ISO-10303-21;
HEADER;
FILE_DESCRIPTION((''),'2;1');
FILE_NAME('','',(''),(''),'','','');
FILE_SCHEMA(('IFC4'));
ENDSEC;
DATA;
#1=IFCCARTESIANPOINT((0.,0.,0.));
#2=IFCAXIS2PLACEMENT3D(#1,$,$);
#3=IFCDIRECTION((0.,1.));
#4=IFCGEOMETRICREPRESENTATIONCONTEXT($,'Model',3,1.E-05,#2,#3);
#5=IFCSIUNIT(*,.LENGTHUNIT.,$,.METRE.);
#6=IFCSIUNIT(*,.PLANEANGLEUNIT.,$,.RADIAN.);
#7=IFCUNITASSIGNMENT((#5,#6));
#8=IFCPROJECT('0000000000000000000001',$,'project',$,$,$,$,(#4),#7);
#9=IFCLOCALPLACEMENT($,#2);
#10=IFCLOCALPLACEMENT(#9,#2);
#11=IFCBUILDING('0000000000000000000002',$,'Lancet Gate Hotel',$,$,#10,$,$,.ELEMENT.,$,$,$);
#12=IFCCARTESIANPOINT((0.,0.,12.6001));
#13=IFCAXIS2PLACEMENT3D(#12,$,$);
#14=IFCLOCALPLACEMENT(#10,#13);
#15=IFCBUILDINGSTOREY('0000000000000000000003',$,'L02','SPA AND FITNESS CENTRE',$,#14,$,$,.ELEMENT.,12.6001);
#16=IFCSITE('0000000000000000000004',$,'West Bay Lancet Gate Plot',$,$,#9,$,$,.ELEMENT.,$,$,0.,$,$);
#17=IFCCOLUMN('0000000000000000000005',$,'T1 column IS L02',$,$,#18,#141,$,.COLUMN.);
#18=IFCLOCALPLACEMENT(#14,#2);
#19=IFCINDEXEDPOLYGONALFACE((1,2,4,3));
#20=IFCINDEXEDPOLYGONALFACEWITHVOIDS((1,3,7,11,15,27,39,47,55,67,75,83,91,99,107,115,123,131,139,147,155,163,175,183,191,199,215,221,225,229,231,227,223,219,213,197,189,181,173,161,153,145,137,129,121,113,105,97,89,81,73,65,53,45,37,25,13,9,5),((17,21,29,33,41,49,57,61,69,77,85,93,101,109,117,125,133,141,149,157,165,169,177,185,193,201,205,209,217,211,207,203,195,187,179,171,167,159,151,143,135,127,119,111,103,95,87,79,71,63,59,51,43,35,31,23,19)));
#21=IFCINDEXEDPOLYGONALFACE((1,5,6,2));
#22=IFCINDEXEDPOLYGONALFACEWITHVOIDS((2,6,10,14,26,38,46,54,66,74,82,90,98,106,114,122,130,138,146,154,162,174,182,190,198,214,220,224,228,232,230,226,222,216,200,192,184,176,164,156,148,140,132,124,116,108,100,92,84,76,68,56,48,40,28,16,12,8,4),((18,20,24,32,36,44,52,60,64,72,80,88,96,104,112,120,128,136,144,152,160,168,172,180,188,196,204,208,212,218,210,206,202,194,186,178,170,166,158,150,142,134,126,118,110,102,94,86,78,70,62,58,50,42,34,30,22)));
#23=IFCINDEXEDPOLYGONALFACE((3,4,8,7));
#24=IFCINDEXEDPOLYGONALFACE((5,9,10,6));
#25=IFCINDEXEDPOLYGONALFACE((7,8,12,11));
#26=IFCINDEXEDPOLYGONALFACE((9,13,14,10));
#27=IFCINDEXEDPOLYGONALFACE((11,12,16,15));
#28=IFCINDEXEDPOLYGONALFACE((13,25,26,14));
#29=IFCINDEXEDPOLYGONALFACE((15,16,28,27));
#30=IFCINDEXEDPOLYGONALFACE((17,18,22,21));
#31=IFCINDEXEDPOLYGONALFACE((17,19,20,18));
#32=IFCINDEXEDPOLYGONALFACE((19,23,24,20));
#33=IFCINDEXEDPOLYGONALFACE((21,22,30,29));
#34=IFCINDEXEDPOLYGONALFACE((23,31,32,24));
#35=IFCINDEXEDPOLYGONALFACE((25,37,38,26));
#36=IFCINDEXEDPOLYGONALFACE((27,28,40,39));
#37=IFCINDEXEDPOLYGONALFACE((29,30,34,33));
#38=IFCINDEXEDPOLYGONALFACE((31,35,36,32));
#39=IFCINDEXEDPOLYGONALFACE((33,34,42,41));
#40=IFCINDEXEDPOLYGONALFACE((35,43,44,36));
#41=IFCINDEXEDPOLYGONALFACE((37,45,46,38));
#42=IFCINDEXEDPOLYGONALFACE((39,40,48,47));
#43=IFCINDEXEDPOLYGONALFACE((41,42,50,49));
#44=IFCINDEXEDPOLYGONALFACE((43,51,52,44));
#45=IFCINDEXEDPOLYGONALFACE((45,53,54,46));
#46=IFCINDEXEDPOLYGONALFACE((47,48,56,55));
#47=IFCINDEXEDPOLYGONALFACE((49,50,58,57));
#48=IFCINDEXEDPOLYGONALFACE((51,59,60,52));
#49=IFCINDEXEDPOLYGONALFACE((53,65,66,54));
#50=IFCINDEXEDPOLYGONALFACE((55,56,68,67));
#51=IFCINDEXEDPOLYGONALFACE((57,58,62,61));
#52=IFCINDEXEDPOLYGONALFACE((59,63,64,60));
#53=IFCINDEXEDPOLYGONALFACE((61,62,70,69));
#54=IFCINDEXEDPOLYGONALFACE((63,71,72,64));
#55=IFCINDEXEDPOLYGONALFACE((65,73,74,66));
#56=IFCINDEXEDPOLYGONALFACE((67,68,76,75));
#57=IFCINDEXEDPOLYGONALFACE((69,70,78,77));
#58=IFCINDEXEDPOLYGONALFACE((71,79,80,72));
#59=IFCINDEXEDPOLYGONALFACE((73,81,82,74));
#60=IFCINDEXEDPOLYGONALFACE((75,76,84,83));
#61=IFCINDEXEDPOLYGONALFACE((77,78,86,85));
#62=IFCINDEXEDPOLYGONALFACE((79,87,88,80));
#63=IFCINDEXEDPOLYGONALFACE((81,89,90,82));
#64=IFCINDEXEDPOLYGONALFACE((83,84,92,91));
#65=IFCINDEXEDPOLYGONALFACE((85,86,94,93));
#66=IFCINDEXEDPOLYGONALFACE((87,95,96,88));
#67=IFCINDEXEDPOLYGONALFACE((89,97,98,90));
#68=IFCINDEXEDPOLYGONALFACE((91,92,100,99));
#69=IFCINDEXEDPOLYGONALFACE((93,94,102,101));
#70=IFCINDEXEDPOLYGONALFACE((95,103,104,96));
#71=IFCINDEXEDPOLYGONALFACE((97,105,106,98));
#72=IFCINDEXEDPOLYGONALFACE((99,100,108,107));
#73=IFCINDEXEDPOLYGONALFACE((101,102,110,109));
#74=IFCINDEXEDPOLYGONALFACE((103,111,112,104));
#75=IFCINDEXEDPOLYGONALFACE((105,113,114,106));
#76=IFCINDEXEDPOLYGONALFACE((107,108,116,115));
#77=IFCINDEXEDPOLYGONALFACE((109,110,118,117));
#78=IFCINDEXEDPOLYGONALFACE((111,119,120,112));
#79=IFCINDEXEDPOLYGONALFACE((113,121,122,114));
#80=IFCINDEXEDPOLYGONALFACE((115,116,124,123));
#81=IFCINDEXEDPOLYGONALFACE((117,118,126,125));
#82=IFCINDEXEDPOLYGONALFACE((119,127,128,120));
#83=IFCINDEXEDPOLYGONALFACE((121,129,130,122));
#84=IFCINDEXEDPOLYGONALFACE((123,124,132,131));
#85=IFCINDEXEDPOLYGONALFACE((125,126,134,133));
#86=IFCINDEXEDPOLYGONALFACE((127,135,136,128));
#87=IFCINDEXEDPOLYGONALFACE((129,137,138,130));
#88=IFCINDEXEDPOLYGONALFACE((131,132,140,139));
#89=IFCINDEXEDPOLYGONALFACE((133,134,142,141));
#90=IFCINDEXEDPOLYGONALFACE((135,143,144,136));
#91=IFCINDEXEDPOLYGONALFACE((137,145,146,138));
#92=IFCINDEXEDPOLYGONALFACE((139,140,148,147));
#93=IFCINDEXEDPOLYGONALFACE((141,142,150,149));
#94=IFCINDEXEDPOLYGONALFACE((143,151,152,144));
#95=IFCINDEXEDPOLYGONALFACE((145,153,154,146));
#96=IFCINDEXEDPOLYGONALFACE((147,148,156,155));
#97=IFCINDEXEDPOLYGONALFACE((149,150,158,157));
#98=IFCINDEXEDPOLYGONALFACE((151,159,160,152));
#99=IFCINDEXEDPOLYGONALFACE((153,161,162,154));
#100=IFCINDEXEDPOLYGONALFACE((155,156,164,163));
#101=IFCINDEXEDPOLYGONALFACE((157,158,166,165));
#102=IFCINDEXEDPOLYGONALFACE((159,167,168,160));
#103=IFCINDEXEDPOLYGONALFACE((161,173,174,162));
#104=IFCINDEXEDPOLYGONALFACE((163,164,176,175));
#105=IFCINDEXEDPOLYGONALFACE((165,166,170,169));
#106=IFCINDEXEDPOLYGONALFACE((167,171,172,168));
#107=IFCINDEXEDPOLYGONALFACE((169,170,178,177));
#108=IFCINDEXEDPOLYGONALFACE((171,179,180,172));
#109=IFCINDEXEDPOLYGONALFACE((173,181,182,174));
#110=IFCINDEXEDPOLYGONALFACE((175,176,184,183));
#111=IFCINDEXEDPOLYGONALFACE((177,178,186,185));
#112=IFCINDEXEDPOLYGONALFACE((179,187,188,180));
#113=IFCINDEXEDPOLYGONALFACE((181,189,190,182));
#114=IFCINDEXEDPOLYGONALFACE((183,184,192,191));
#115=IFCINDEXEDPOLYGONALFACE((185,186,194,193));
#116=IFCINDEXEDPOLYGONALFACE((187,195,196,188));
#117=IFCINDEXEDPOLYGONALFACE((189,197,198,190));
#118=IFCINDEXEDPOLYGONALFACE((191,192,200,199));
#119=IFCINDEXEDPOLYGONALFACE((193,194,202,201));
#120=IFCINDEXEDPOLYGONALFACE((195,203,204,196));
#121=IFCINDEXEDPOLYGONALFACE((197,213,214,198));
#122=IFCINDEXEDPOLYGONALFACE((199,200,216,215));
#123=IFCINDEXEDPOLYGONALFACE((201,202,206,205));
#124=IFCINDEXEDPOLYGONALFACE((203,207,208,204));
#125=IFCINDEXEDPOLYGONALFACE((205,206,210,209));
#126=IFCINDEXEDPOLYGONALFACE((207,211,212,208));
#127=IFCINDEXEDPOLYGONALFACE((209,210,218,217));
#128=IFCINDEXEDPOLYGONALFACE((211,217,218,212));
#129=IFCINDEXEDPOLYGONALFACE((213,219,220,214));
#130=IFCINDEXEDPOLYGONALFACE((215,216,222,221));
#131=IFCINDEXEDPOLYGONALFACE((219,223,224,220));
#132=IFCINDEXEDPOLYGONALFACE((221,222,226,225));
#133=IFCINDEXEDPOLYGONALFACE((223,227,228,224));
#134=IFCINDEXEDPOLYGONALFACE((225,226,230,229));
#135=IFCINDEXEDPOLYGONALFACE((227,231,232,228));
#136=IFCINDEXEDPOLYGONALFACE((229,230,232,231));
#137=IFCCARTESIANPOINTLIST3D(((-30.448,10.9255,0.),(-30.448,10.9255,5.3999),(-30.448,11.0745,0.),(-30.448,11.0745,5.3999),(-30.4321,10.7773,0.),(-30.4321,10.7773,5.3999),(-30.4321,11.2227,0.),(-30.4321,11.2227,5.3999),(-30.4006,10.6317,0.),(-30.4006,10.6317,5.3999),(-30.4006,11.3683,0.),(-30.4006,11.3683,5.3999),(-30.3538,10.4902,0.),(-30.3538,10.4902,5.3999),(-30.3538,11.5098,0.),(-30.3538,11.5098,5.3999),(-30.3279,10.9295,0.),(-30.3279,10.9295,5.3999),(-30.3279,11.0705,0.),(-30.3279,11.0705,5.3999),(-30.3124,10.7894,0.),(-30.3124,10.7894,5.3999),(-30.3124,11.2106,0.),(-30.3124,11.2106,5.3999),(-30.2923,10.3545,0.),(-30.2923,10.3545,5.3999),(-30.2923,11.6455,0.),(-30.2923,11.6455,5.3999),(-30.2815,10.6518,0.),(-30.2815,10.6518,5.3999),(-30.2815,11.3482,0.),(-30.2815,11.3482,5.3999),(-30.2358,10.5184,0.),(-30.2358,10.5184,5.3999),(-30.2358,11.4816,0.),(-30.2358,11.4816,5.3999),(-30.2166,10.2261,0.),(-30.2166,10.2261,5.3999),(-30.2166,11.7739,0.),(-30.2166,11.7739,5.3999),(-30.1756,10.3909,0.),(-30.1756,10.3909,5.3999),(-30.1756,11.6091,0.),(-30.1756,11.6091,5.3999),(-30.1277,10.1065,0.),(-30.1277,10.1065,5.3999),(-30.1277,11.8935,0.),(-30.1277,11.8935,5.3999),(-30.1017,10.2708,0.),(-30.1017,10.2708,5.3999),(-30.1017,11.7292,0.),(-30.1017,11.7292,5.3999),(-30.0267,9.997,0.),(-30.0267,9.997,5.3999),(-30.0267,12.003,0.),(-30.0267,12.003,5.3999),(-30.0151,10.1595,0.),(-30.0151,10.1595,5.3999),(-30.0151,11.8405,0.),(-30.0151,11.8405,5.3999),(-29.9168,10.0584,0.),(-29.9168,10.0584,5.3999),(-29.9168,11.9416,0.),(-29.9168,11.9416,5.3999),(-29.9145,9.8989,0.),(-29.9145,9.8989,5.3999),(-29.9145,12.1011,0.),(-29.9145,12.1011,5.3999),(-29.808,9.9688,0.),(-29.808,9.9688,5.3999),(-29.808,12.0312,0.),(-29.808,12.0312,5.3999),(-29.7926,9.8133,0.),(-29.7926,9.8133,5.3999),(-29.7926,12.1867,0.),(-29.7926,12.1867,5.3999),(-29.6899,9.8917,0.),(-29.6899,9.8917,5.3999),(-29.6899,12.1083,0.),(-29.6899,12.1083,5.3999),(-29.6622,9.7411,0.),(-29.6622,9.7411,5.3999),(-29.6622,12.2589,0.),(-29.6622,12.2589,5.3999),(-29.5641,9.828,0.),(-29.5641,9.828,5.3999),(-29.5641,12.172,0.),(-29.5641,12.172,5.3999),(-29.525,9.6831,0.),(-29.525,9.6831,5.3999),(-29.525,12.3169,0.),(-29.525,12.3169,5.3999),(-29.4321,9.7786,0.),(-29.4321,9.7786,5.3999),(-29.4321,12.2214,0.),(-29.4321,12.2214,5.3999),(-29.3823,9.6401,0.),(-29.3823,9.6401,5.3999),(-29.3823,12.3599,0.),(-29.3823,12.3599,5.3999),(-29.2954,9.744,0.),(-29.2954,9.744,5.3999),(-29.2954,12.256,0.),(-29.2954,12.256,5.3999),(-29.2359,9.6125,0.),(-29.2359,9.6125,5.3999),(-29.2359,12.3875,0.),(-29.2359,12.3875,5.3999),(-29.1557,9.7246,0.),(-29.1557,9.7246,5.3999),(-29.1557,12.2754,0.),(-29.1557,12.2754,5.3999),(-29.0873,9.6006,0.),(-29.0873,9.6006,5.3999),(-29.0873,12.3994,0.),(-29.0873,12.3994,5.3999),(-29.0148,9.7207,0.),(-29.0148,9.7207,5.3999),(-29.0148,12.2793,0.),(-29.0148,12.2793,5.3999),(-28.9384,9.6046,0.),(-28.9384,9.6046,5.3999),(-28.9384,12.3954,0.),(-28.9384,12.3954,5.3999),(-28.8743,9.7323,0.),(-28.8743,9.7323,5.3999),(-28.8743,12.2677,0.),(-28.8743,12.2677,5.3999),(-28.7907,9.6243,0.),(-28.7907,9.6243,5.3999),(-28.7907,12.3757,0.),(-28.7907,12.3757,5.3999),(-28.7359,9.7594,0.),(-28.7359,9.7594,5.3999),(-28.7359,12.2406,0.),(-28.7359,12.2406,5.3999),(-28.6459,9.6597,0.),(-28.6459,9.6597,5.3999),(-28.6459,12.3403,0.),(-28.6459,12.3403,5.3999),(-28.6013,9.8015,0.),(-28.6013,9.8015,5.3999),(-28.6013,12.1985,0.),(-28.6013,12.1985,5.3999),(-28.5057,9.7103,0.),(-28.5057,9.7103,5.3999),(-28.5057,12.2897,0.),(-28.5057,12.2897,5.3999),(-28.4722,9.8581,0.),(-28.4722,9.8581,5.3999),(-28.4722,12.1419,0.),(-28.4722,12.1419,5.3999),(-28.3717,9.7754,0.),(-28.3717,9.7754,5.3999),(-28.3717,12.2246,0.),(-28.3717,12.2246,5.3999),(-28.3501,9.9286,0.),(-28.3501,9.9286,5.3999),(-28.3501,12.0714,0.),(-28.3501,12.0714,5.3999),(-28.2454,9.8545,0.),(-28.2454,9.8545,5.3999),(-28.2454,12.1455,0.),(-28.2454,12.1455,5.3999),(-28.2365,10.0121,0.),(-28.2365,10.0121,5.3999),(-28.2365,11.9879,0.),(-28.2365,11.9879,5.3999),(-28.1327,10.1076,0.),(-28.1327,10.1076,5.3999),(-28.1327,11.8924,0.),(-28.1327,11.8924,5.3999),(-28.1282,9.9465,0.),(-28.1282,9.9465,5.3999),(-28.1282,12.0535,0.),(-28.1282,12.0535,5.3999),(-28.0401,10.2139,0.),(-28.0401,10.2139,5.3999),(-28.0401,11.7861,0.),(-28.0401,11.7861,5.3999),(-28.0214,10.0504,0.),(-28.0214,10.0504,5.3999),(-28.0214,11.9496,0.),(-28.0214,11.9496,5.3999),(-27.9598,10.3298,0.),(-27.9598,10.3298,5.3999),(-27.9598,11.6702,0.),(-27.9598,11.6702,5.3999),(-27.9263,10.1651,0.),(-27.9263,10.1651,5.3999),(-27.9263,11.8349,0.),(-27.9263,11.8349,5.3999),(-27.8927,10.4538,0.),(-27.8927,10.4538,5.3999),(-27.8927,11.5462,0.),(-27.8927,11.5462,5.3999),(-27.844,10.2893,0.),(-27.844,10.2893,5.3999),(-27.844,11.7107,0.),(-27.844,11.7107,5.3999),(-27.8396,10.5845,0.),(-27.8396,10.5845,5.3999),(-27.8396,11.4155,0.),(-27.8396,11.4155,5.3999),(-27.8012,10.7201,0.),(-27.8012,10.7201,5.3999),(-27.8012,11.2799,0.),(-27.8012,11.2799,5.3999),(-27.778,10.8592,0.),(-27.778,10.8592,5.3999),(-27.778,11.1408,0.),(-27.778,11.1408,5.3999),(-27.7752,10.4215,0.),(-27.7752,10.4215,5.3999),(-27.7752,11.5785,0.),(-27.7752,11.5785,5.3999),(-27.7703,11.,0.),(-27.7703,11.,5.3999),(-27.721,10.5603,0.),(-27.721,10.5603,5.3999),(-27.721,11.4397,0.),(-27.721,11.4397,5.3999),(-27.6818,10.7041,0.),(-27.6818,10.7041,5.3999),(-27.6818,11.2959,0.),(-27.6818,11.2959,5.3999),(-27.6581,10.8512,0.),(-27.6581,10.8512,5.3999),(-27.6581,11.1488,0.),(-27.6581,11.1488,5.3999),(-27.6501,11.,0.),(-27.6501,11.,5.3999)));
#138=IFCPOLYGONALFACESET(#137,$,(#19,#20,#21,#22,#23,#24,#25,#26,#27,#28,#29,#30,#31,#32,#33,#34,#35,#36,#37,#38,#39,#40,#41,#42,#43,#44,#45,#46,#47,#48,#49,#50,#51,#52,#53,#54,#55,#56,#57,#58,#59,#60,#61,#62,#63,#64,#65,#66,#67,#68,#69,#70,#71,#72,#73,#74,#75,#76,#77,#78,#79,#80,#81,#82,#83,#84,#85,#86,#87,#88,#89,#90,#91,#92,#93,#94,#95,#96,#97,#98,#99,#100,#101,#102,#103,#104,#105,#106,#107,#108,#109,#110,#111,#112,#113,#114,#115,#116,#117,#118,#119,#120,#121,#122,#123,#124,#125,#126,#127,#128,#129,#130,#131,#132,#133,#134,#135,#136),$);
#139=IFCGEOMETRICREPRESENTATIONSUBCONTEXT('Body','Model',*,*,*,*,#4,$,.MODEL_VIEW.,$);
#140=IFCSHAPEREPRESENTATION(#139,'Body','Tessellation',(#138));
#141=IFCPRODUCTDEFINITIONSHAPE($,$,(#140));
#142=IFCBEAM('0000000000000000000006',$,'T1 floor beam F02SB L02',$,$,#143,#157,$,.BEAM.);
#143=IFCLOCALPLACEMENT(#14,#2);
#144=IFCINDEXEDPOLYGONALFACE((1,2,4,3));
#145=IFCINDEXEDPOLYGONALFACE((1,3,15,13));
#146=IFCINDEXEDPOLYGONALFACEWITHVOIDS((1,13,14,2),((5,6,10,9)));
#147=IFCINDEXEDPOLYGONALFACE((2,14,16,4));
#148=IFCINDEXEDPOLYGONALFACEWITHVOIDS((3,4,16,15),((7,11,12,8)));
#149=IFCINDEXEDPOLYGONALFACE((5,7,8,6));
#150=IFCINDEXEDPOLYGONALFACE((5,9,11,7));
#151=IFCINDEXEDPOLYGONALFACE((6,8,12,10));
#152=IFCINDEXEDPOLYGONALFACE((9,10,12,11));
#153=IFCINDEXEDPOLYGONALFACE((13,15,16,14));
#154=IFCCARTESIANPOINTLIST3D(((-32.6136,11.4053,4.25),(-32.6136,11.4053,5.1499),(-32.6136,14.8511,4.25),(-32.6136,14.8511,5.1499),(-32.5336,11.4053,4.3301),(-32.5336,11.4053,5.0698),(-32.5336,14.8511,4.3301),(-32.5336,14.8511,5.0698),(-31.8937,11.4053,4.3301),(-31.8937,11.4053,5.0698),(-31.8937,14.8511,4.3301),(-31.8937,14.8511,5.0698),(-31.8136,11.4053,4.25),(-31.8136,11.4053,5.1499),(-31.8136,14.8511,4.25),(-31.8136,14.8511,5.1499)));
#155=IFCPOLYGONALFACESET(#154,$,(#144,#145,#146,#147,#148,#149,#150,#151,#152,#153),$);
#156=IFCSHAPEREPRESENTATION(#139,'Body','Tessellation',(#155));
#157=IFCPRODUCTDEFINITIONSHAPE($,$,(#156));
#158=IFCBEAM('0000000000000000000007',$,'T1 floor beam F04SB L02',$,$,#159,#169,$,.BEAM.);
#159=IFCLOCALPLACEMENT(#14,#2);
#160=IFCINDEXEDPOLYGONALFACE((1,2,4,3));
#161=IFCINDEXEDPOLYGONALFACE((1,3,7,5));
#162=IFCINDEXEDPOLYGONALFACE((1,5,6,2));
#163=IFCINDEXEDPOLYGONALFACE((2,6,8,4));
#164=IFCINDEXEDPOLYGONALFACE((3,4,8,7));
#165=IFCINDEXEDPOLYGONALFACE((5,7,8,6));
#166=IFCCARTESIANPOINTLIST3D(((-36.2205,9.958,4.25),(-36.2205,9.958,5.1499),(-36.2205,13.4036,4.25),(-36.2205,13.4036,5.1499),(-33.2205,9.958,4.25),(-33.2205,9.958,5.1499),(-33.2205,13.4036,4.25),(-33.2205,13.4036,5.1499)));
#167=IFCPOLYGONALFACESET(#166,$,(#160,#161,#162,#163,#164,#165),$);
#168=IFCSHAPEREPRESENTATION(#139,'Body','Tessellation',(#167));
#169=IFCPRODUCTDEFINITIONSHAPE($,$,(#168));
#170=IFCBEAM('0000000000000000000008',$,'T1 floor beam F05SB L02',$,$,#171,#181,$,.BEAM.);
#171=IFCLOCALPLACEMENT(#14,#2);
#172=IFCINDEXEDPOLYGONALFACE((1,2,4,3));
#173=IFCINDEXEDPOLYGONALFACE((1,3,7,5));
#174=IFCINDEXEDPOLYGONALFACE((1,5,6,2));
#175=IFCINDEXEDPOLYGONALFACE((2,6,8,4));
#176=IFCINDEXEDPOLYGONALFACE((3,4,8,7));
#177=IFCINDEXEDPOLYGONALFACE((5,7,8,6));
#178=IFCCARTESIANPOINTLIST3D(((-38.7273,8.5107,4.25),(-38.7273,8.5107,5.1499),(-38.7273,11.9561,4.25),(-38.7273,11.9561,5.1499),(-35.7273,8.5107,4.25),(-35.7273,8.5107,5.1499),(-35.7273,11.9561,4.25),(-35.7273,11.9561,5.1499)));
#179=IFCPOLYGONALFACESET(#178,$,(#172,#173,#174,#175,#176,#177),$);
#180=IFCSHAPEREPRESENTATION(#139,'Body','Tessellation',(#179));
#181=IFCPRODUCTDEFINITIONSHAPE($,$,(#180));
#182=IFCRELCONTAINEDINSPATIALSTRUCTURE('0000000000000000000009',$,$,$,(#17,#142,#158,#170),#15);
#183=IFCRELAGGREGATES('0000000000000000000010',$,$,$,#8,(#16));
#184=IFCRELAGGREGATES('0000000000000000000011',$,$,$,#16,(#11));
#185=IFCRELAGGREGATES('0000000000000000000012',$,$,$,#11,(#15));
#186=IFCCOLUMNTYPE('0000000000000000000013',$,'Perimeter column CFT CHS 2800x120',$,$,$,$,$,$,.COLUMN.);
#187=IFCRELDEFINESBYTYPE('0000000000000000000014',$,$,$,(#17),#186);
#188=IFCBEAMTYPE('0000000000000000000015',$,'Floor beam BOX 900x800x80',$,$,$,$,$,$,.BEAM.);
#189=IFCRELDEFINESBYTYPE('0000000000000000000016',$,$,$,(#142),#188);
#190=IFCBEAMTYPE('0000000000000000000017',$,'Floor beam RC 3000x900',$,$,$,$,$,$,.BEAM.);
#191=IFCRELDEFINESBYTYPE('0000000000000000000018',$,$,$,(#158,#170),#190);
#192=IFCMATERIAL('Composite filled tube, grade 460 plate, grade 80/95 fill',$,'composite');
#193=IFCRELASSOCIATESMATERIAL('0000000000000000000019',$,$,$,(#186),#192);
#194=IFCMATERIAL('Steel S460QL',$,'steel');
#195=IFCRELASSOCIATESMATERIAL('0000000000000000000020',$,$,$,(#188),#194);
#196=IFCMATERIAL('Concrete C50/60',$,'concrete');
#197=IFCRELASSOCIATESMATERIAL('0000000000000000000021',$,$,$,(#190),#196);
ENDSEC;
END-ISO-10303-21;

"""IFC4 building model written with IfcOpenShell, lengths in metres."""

from ifc_helpers import new_model, si_unit, direction, frame, origin, origin_2d, place, context, subcontext, project, spatial, rectangle, hollow_rectangle, hollow_circle, extrude, material, material_profile, profile_set, type_object, element, save


model = new_model("IFC4")

# Units and contexts
model_context = context("Model", 3, precision=1e-05, world=origin(), true_north=direction((0.0, 1.0)))
body_context = subcontext(model_context, "Body", "Model", "MODEL_VIEW")
ifc_project = project(units=[si_unit("LENGTHUNIT", "METRE"), si_unit("PLANEANGLEUNIT", "RADIAN")], contexts=[model_context])

# Site, building, storey
site_placement = place(None, origin())
site = spatial("IfcSite", under=ifc_project, at=site_placement, Name="West Bay Lancet Gate Plot", CompositionType="ELEMENT", RefElevation=0.0)
building_placement = place(site_placement, origin())
building = spatial("IfcBuilding", under=site, at=building_placement, Name="Lancet Gate Hotel", CompositionType="ELEMENT")
storey_placement = place(building_placement, frame((0.0, 0.0, 12.6001)))
storey = spatial("IfcBuildingStorey", under=building, at=storey_placement, Name="L02", Description="SPA AND FITNESS CENTRE", CompositionType="ELEMENT", Elevation=12.6001)

# Column
ifc_material_1 = material(Name="Composite filled tube, grade 460 plate, grade 80/95 fill", Category="composite")
ifc_material_profile_1 = material_profile(ifc_material_1, hollow_circle(Radius=1.3999, WallThickness=0.1201, at=origin_2d()), Name="CHS 2800x120")
ifc_profile_set_1 = profile_set([ifc_material_profile_1], Name="Composite filled tube, grade 460 plate, grade 80/95 fill")
column_type = type_object("IfcColumnType", Name="Perimeter column CFT CHS 2800x120", PredefinedType="COLUMN", material=ifc_profile_set_1)
column_placement = place(storey_placement, frame((-29.05, 11.0, 0.0), z_axis=(0.0, 0.0, 1.0), x_axis=(1.0, 0.0, 0.0)))
element("IfcColumn", 1, at=column_placement, inside=storey, type_object=column_type, Name="T1 column IS L02", PredefinedType="COLUMN", context=body_context, shape_type="SweptSolid", body=[
    extrude(hollow_circle(Radius=1.3999, WallThickness=0.1201, at=origin_2d()), origin(), (0.0, 0.0, 1.0), 5.3999),
])

# Beams
ifc_material_2 = material(Name="Steel S460QL", Category="steel")
ifc_material_profile_2 = material_profile(ifc_material_2, hollow_rectangle(XDim=0.8, YDim=0.8999, WallThickness=0.0801, at=origin_2d()), Name="BOX 900x800x80")
ifc_profile_set_2 = profile_set([ifc_material_profile_2], Name="Steel S460QL")
beam_type_1 = type_object("IfcBeamType", Name="Floor beam BOX 900x800x80", PredefinedType="BEAM", material=ifc_profile_set_2)
beam_1_placement = place(storey_placement, frame((-32.2136, 14.8511, 4.7), z_axis=(0.0, -1.0, 0.0), x_axis=(1.0, 0.0, 0.0)))
element("IfcBeam", 2, at=beam_1_placement, inside=storey, type_object=beam_type_1, Name="T1 floor beam F02SB L02", PredefinedType="BEAM", context=body_context, shape_type="SweptSolid", body=[
    extrude(hollow_rectangle(XDim=0.8, YDim=0.8999, WallThickness=0.0801, at=origin_2d()), origin(), (0.0, 0.0, 1.0), 3.4458),
])
ifc_material_3 = material(Name="Concrete C50/60", Category="concrete")
ifc_material_profile_3 = material_profile(ifc_material_3, rectangle(XDim=3.0, YDim=0.8999, at=origin_2d()), Name="RC 3000x900")
ifc_profile_set_3 = profile_set([ifc_material_profile_3], Name="Concrete C50/60")
beam_type_2 = type_object("IfcBeamType", Name="Floor beam RC 3000x900", PredefinedType="BEAM", material=ifc_profile_set_3)
beam_2_placement = place(storey_placement, frame((-34.7205, 13.4036, 4.7), z_axis=(0.0, -1.0, 0.0), x_axis=(1.0, 0.0, 0.0)))
element("IfcBeam", 3, at=beam_2_placement, inside=storey, type_object=beam_type_2, Name="T1 floor beam F04SB L02", PredefinedType="BEAM", context=body_context, shape_type="SweptSolid", body=[
    extrude(rectangle(XDim=3.0, YDim=0.8999, at=origin_2d()), origin(), (0.0, 0.0, 1.0), 3.4456),
])
beam_3_placement = place(storey_placement, frame((-37.2273, 11.9561, 4.7), z_axis=(0.0, -1.0, 0.0), x_axis=(1.0, 0.0, 0.0)))
element("IfcBeam", 4, at=beam_3_placement, inside=storey, type_object=beam_type_2, Name="T1 floor beam F05SB L02", PredefinedType="BEAM", context=body_context, shape_type="SweptSolid", body=[
    extrude(rectangle(XDim=3.0, YDim=0.8999, at=origin_2d()), origin(), (0.0, 0.0, 1.0), 3.4453),
])

save(model, "model.ifc")
